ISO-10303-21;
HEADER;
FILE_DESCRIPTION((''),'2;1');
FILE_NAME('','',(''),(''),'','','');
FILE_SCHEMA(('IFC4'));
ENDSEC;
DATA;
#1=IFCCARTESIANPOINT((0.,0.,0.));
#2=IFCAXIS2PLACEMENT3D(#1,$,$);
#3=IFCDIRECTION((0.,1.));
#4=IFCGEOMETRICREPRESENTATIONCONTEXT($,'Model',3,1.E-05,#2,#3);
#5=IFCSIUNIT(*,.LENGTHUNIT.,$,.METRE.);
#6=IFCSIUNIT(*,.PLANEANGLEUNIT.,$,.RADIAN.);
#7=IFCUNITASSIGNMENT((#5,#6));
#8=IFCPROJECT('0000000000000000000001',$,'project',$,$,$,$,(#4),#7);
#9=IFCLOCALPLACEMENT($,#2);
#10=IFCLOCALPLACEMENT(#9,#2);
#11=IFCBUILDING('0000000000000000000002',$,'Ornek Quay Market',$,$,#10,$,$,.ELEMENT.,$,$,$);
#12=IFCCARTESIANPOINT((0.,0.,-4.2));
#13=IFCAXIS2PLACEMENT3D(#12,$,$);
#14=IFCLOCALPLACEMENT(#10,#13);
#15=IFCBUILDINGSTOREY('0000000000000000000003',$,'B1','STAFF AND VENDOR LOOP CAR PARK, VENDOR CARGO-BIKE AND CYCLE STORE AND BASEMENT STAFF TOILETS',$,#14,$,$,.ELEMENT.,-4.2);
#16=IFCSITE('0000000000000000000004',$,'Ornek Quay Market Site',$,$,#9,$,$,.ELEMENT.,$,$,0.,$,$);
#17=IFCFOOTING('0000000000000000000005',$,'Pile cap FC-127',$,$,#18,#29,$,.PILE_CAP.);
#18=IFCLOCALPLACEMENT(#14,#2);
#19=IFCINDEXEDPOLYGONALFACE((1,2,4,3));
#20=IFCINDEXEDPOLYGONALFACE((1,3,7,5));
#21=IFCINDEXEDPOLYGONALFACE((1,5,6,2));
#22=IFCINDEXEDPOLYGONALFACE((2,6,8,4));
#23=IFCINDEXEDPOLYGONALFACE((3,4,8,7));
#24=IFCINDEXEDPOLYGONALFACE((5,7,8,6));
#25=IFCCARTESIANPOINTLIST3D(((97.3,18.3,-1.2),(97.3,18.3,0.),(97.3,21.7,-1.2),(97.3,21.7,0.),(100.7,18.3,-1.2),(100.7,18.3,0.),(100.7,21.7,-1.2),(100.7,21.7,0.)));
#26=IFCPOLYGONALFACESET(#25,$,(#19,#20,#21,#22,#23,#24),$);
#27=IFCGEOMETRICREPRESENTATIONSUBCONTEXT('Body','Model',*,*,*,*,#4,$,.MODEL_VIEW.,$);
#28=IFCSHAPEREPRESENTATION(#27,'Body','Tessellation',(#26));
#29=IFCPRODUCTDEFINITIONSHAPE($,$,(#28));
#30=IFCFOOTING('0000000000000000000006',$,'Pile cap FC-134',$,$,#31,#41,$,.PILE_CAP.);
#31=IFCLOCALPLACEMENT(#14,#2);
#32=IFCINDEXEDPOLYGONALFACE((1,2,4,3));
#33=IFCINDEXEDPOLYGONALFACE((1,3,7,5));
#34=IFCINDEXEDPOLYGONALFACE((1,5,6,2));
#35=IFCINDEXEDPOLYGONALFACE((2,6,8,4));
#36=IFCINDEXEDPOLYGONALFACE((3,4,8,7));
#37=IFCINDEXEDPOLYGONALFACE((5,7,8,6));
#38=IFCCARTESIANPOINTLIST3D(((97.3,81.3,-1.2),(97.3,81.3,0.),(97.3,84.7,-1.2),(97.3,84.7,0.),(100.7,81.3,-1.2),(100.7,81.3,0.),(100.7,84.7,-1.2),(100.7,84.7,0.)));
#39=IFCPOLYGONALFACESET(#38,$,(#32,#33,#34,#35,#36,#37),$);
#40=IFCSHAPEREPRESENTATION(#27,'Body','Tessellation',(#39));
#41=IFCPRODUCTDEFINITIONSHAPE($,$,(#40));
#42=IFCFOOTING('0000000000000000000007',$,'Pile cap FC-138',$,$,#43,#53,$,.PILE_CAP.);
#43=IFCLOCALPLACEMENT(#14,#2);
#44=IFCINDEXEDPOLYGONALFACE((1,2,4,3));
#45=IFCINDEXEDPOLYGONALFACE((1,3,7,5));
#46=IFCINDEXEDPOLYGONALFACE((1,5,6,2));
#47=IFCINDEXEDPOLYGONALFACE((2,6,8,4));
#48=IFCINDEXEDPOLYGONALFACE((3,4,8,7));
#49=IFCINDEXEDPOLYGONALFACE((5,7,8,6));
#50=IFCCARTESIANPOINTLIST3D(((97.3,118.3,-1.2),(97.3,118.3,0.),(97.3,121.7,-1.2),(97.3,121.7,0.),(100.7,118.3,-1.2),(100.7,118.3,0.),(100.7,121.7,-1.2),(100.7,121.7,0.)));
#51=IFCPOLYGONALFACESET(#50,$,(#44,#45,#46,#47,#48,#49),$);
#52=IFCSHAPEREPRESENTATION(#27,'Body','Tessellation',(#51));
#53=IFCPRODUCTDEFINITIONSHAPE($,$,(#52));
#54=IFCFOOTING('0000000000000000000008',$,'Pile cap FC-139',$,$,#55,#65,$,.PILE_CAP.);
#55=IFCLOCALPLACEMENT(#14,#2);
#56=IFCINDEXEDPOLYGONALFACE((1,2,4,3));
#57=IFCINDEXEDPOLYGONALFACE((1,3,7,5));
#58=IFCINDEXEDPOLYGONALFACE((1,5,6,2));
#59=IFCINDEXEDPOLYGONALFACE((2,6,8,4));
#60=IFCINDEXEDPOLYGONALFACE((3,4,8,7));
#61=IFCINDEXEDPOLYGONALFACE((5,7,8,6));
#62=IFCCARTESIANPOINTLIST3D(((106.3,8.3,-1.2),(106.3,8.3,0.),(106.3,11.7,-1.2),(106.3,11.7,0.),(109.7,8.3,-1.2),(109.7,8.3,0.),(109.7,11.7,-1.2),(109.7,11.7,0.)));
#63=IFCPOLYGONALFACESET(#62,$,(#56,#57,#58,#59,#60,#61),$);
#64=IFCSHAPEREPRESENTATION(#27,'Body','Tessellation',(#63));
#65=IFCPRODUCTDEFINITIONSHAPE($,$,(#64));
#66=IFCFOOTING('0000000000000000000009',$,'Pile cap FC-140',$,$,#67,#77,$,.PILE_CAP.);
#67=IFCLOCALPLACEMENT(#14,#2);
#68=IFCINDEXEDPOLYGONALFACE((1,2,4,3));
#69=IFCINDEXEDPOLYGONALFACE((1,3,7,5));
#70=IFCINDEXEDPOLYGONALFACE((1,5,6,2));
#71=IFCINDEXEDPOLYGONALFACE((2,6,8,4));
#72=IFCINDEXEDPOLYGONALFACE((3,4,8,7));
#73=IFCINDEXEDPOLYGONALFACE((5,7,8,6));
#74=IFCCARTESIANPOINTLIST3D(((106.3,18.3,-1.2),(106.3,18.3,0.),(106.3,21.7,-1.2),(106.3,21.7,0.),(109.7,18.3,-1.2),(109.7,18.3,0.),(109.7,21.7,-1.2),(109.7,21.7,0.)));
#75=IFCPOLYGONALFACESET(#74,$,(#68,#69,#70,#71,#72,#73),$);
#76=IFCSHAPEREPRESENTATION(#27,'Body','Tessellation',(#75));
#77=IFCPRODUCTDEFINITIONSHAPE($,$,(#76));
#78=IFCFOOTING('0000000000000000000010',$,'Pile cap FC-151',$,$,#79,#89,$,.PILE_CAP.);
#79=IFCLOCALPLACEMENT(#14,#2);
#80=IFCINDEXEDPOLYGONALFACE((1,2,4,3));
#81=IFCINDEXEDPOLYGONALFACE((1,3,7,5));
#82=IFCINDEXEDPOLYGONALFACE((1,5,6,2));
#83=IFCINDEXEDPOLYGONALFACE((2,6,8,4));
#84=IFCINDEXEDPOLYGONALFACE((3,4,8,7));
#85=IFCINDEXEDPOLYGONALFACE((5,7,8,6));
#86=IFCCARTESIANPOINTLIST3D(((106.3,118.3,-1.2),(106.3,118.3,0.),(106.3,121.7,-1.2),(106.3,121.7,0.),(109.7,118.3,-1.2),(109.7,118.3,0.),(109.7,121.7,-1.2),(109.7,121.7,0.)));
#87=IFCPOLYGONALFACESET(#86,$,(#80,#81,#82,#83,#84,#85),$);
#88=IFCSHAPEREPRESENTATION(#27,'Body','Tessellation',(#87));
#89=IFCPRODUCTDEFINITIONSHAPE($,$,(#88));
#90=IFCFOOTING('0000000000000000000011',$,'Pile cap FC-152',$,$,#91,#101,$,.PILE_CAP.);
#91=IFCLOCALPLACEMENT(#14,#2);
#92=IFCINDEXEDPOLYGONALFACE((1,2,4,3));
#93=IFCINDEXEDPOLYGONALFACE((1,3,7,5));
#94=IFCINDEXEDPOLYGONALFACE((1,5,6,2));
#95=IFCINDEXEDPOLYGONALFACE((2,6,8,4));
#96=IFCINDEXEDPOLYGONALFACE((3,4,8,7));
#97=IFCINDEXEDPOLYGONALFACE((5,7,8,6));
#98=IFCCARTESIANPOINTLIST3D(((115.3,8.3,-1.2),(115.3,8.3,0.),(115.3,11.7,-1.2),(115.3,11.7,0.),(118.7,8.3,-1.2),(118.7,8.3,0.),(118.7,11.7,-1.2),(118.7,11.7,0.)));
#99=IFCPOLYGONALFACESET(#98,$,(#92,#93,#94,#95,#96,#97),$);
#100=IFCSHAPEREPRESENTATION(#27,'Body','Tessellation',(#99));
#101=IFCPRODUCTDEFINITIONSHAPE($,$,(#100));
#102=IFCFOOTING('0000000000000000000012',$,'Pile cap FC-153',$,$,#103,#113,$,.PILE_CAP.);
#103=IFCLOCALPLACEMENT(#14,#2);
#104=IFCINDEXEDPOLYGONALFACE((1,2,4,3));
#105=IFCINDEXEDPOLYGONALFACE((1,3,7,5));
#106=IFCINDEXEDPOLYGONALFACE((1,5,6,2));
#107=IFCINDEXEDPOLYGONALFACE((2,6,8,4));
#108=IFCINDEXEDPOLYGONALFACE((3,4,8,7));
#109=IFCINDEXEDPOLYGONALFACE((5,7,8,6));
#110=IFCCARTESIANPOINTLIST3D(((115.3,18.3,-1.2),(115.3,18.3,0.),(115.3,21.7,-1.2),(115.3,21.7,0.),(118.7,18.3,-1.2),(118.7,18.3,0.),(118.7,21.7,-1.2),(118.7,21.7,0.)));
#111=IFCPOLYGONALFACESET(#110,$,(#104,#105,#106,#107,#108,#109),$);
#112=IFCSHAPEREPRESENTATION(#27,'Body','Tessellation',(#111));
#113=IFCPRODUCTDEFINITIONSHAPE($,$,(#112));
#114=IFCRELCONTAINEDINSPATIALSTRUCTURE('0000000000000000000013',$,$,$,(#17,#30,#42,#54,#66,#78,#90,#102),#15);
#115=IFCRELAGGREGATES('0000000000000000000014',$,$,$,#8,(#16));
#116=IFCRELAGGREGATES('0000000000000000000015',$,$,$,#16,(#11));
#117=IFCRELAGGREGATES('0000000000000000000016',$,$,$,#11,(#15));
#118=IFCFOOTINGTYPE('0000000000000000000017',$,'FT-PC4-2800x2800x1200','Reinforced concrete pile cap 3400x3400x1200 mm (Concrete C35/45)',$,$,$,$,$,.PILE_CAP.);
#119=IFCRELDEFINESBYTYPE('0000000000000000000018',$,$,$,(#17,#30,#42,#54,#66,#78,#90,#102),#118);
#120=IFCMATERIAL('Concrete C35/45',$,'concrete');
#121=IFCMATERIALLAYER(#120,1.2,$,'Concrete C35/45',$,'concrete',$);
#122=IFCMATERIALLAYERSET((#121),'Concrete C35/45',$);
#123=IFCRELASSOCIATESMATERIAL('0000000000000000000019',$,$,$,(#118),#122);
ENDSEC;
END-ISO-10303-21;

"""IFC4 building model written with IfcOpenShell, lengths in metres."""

from ifc_helpers import new_model, si_unit, direction, frame, origin, place, context, subcontext, project, spatial, polyline, outline, extrude, material, layer, layer_set, type_object, element, save


model = new_model("IFC4")

# Units and contexts
model_context = context("Model", 3, precision=1e-05, world=origin(), true_north=direction((0.0, 1.0)))
body_context = subcontext(model_context, "Body", "Model", "MODEL_VIEW")
ifc_project = project(units=[si_unit("LENGTHUNIT", "METRE"), si_unit("PLANEANGLEUNIT", "RADIAN")], contexts=[model_context])

# Site, building, storey
site_placement = place(None, origin())
site = spatial("IfcSite", under=ifc_project, at=site_placement, Name="Ornek Quay Market Site", CompositionType="ELEMENT", RefElevation=0.0)
building_placement = place(site_placement, origin())
building = spatial("IfcBuilding", under=site, at=building_placement, Name="Ornek Quay Market", CompositionType="ELEMENT")
storey_placement = place(building_placement, frame((0.0, 0.0, -4.2)))
storey = spatial("IfcBuildingStorey", under=building, at=storey_placement, Name="B1", Description="STAFF AND VENDOR LOOP CAR PARK, VENDOR CARGO-BIKE AND CYCLE STORE AND BASEMENT STAFF TOILETS", CompositionType="ELEMENT", Elevation=-4.2)

# Footings
ifc_material = material(Name="Concrete C35/45", Category="concrete")
ifc_layer_1 = layer(ifc_material, 1.2, Name="Concrete C35/45", Category="concrete")
ifc_layer_set_1 = layer_set([ifc_layer_1], Name="Concrete C35/45")
footing_type_1 = type_object("IfcFootingType", Name="FT-PC4-2800x2800x1200", Description="Reinforced concrete pile cap 3400x3400x1200 mm (Concrete C35/45)", PredefinedType="PILE_CAP", material=ifc_layer_set_1)
footing_1_placement = place(storey_placement, frame((0.0, 0.0, -1.2)))
element("IfcFooting", 1, at=footing_1_placement, inside=storey, type_object=footing_type_1, Name="Pile cap FC-127", PredefinedType="PILE_CAP", context=body_context, shape_type="SweptSolid", body=[
    extrude(outline(polyline([(97.3, 18.3), (100.7, 18.3), (100.7, 21.7), (97.3, 21.7), (97.3, 18.3)])), origin(), (0.0, 0.0, 1.0), 1.2),
])
footing_2_placement = place(storey_placement, frame((0.0, 0.0, -1.2)))
element("IfcFooting", 2, at=footing_2_placement, inside=storey, type_object=footing_type_1, Name="Pile cap FC-134", PredefinedType="PILE_CAP", context=body_context, shape_type="SweptSolid", body=[
    extrude(outline(polyline([(97.3, 81.3), (100.7, 81.3), (100.7, 84.7), (97.3, 84.7), (97.3, 81.3)])), origin(), (0.0, 0.0, 1.0), 1.2),
])
footing_3_placement = place(storey_placement, frame((0.0, 0.0, -1.2)))
element("IfcFooting", 3, at=footing_3_placement, inside=storey, type_object=footing_type_1, Name="Pile cap FC-138", PredefinedType="PILE_CAP", context=body_context, shape_type="SweptSolid", body=[
    extrude(outline(polyline([(97.3, 118.3), (100.7, 118.3), (100.7, 121.7), (97.3, 121.7), (97.3, 118.3)])), origin(), (0.0, 0.0, 1.0), 1.2),
])
footing_4_placement = place(storey_placement, frame((0.0, 0.0, -1.2)))
element("IfcFooting", 4, at=footing_4_placement, inside=storey, type_object=footing_type_1, Name="Pile cap FC-139", PredefinedType="PILE_CAP", context=body_context, shape_type="SweptSolid", body=[
    extrude(outline(polyline([(106.3, 8.3), (109.7, 8.3), (109.7, 11.7), (106.3, 11.7), (106.3, 8.3)])), origin(), (0.0, 0.0, 1.0), 1.2),
])
footing_5_placement = place(storey_placement, frame((0.0, 0.0, -1.2)))
element("IfcFooting", 5, at=footing_5_placement, inside=storey, type_object=footing_type_1, Name="Pile cap FC-140", PredefinedType="PILE_CAP", context=body_context, shape_type="SweptSolid", body=[
    extrude(outline(polyline([(106.3, 18.3), (109.7, 18.3), (109.7, 21.7), (106.3, 21.7), (106.3, 18.3)])), origin(), (0.0, 0.0, 1.0), 1.2),
])
footing_6_placement = place(storey_placement, frame((0.0, 0.0, -1.2)))
element("IfcFooting", 6, at=footing_6_placement, inside=storey, type_object=footing_type_1, Name="Pile cap FC-151", PredefinedType="PILE_CAP", context=body_context, shape_type="SweptSolid", body=[
    extrude(outline(polyline([(106.3, 118.3), (109.7, 118.3), (109.7, 121.7), (106.3, 121.7), (106.3, 118.3)])), origin(), (0.0, 0.0, 1.0), 1.2),
])
footing_7_placement = place(storey_placement, frame((0.0, 0.0, -1.2)))
element("IfcFooting", 7, at=footing_7_placement, inside=storey, type_object=footing_type_1, Name="Pile cap FC-152", PredefinedType="PILE_CAP", context=body_context, shape_type="SweptSolid", body=[
    extrude(outline(polyline([(115.3, 8.3), (118.7, 8.3), (118.7, 11.7), (115.3, 11.7), (115.3, 8.3)])), origin(), (0.0, 0.0, 1.0), 1.2),
])
footing_8_placement = place(storey_placement, frame((0.0, 0.0, -1.2)))
element("IfcFooting", 8, at=footing_8_placement, inside=storey, type_object=footing_type_1, Name="Pile cap FC-153", PredefinedType="PILE_CAP", context=body_context, shape_type="SweptSolid", body=[
    extrude(outline(polyline([(115.3, 18.3), (118.7, 18.3), (118.7, 21.7), (115.3, 21.7), (115.3, 18.3)])), origin(), (0.0, 0.0, 1.0), 1.2),
])

save(model, "model.ifc")
